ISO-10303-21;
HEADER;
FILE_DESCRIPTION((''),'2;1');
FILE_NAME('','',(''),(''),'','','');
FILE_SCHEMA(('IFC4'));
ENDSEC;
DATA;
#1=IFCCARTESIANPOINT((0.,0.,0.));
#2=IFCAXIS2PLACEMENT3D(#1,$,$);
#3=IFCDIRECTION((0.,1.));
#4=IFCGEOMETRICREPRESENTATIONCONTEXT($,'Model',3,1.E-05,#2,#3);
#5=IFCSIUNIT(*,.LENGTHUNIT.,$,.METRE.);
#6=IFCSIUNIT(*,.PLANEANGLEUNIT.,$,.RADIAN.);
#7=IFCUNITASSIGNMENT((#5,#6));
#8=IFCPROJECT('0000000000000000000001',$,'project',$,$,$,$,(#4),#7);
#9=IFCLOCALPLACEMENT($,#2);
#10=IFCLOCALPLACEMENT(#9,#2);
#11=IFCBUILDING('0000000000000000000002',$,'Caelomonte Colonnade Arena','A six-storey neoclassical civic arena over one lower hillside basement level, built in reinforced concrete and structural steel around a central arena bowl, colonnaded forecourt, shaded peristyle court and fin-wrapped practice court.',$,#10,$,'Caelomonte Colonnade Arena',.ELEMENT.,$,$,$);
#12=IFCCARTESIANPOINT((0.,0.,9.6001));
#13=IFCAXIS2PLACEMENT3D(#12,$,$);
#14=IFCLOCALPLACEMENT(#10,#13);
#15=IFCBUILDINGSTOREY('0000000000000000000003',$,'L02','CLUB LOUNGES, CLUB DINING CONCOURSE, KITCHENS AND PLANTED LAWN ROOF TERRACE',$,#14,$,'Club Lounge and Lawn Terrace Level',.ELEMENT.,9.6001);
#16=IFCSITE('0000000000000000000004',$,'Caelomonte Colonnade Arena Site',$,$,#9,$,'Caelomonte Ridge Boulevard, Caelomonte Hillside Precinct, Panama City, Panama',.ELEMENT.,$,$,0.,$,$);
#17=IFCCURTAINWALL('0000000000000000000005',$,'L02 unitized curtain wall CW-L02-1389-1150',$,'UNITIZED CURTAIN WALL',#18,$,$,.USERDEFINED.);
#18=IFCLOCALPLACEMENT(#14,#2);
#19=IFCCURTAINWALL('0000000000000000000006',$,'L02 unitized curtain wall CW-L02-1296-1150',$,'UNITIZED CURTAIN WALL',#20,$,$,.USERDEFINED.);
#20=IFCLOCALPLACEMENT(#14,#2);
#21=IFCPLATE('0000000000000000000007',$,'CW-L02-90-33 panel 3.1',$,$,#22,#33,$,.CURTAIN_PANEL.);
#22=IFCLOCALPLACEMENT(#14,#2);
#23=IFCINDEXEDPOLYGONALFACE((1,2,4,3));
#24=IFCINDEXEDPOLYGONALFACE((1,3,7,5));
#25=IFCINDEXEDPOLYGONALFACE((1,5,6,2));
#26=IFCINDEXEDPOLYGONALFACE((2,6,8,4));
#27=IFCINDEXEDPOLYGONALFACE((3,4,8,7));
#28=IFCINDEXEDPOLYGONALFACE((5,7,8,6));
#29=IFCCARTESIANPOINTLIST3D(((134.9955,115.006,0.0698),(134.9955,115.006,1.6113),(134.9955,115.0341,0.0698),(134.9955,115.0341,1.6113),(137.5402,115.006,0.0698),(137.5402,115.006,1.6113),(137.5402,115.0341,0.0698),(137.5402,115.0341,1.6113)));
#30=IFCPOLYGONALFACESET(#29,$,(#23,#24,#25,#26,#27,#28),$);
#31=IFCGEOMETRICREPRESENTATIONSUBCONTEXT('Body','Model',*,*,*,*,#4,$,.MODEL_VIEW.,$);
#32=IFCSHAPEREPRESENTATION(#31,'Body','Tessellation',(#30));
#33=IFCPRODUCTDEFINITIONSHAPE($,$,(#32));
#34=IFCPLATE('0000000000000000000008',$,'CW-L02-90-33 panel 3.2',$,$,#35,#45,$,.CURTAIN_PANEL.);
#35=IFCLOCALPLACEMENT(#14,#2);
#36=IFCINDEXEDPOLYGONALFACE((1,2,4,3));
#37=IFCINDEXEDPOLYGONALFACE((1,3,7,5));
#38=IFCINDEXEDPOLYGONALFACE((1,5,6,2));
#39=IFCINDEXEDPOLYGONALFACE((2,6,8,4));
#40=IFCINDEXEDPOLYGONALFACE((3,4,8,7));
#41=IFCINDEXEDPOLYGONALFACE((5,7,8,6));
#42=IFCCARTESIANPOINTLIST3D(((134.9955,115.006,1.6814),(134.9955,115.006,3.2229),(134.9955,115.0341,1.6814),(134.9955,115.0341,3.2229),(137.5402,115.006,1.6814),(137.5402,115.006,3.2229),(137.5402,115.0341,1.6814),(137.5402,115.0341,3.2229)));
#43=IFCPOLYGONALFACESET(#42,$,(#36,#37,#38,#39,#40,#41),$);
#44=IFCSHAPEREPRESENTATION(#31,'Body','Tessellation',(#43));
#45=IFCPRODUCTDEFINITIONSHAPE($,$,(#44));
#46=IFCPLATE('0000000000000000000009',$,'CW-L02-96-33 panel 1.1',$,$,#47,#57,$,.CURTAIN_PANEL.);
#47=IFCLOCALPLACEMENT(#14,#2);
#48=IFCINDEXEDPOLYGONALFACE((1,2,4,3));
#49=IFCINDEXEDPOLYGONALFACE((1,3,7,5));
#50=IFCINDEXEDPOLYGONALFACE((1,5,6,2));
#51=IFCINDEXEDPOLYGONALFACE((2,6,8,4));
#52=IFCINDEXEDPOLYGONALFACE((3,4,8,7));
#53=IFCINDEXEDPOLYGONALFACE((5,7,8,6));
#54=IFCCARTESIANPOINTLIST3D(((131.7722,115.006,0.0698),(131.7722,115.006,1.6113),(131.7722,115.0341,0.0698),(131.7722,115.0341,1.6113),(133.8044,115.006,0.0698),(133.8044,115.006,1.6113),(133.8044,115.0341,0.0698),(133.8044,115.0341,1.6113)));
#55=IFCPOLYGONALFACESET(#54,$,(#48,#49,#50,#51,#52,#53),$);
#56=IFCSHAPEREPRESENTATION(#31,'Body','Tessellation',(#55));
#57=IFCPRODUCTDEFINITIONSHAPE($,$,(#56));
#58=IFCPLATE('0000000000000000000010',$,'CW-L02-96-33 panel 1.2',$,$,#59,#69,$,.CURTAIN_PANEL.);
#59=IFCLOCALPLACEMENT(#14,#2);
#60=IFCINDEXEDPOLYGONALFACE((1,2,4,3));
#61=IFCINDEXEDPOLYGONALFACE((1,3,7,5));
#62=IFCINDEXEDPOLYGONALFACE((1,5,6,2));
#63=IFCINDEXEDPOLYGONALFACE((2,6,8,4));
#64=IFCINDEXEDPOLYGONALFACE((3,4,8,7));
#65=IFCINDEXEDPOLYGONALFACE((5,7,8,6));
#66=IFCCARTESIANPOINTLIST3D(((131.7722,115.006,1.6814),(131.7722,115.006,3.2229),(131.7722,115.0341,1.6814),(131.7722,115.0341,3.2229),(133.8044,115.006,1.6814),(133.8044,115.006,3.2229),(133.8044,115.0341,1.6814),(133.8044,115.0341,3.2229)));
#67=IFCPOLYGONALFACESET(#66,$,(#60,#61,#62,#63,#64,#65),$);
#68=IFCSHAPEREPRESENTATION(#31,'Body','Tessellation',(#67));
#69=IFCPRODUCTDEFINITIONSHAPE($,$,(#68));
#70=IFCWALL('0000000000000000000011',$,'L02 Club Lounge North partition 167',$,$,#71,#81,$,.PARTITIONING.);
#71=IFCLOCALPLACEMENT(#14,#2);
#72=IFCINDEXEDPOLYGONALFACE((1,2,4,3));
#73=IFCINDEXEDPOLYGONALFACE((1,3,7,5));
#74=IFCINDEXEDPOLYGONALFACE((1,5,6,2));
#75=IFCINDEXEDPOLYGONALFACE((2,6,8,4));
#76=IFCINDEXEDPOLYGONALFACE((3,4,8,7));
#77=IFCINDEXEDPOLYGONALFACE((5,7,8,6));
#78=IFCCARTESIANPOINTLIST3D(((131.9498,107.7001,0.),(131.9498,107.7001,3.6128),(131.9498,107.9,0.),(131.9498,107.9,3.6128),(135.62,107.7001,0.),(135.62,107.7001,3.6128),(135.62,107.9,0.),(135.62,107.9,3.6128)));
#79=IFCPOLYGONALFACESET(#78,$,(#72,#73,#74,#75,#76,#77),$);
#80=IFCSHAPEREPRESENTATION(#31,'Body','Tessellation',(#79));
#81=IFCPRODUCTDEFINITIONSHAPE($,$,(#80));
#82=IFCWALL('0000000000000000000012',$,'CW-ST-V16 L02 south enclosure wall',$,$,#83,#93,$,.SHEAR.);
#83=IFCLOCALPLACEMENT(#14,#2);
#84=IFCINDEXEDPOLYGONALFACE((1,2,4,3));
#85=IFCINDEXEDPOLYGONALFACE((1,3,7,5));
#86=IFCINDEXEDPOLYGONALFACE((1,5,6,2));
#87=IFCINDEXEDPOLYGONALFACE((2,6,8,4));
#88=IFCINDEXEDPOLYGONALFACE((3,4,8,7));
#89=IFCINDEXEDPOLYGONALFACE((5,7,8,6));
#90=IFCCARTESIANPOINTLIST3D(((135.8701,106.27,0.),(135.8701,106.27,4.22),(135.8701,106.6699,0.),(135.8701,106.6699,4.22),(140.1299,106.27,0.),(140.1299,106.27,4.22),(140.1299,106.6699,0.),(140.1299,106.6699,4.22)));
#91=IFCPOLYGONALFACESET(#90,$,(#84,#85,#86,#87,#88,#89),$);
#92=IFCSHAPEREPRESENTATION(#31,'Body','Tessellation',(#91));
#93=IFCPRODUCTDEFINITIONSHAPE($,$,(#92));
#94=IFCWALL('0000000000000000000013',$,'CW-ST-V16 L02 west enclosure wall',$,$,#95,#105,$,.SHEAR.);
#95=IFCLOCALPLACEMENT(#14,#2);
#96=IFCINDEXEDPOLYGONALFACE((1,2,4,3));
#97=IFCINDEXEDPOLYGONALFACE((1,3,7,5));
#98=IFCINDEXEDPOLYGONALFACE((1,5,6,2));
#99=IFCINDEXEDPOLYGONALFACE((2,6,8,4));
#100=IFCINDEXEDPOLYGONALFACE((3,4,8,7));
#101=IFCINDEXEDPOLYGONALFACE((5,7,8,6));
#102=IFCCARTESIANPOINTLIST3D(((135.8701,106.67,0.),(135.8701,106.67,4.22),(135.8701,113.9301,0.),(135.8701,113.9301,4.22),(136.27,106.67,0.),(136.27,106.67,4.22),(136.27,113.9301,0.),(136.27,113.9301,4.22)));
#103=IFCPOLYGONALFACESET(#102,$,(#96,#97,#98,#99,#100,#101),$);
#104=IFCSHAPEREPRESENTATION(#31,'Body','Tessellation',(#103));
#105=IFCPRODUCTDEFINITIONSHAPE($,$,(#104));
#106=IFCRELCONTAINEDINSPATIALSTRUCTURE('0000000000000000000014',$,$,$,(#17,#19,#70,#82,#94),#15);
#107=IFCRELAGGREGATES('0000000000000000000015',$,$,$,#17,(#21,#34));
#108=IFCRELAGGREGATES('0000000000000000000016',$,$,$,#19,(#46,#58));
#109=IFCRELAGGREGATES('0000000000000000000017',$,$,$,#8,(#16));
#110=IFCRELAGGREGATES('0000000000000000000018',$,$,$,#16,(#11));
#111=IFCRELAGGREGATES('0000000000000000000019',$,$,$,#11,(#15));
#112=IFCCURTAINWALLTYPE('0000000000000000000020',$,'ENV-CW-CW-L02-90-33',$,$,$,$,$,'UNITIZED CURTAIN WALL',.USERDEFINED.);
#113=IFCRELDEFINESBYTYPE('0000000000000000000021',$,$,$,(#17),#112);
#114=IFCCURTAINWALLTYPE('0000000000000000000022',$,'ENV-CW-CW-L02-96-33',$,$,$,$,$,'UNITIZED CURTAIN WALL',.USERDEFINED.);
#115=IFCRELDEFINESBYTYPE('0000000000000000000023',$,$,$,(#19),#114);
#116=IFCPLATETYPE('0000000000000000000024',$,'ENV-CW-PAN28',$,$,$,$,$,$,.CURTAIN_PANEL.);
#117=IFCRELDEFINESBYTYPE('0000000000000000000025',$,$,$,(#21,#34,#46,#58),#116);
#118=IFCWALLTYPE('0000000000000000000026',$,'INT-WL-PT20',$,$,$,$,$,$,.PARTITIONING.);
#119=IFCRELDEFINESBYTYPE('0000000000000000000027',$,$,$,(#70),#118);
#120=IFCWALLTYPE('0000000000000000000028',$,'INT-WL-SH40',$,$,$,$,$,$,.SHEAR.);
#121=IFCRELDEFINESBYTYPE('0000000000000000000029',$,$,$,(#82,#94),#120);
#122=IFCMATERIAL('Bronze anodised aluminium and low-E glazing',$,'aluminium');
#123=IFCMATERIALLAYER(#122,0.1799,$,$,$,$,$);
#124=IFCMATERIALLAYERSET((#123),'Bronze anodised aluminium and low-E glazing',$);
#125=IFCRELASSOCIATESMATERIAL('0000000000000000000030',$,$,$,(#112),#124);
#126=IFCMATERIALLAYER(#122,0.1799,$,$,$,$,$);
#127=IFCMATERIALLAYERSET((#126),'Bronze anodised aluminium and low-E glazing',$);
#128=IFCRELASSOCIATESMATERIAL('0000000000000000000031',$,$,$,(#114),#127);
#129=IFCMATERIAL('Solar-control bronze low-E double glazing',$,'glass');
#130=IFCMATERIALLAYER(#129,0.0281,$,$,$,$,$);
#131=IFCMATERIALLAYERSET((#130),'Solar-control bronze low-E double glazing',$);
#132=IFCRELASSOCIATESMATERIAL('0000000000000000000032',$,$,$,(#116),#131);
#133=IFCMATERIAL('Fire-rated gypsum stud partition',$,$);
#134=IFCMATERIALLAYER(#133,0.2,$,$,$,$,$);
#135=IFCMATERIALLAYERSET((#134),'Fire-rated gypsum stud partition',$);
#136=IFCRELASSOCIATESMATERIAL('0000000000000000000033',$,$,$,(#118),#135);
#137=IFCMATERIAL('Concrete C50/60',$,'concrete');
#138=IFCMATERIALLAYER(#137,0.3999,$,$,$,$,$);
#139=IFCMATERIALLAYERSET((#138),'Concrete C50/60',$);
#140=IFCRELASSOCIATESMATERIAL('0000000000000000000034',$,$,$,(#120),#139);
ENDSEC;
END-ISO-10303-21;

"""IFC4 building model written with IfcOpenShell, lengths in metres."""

from ifc_helpers import new_model, si_unit, direction, frame, frame_2d, origin, origin_2d, place, context, subcontext, project, spatial, rectangle, extrude, material, layer, layer_set, type_object, element, aggregate, save


model = new_model("IFC4")

# Units and contexts
model_context = context("Model", 3, precision=1e-05, world=origin(), true_north=direction((0.0, 1.0)))
body_context = subcontext(model_context, "Body", "Model", "MODEL_VIEW")
ifc_project = project(units=[si_unit("LENGTHUNIT", "METRE"), si_unit("PLANEANGLEUNIT", "RADIAN")], contexts=[model_context])

# Site, building, storey
site_placement = place(None, origin())
site = spatial("IfcSite", under=ifc_project, at=site_placement, Name="Caelomonte Colonnade Arena Site", LongName="Caelomonte Ridge Boulevard, Caelomonte Hillside Precinct, Panama City, Panama", CompositionType="ELEMENT", RefElevation=0.0)
building_placement = place(site_placement, origin())
building = spatial("IfcBuilding", under=site, at=building_placement, Name="Caelomonte Colonnade Arena", Description="A six-storey neoclassical civic arena over one lower hillside basement level, built in reinforced concrete and structural steel around a central arena bowl, colonnaded forecourt, shaded peristyle court and fin-wrapped practice court.", LongName="Caelomonte Colonnade Arena", CompositionType="ELEMENT")
storey_placement = place(building_placement, frame((0.0, 0.0, 9.6001)))
storey = spatial("IfcBuildingStorey", under=building, at=storey_placement, Name="L02", Description="CLUB LOUNGES, CLUB DINING CONCOURSE, KITCHENS AND PLANTED LAWN ROOF TERRACE", LongName="Club Lounge and Lawn Terrace Level", CompositionType="ELEMENT", Elevation=9.6001)

# Shared definitions
ifc_material_1 = material(Name="Concrete C50/60", Category="concrete")

# Curtain walls
ifc_material_2 = material(Name="Bronze anodised aluminium and low-E glazing", Category="aluminium")
ifc_layer_1 = layer(ifc_material_2, 0.1799)
ifc_layer_set_1 = layer_set([ifc_layer_1], Name="Bronze anodised aluminium and low-E glazing")
curtain_wall_type_1 = type_object("IfcCurtainWallType", Name="ENV-CW-CW-L02-90-33", ElementType="UNITIZED CURTAIN WALL", PredefinedType="USERDEFINED", material=ifc_layer_set_1)
curtain_wall_1_placement = place(storey_placement, origin())
curtain_wall_1 = element("IfcCurtainWall", 1, at=curtain_wall_1_placement, inside=storey, type_object=curtain_wall_type_1, Name="L02 unitized curtain wall CW-L02-1389-1150", ObjectType="UNITIZED CURTAIN WALL", PredefinedType="USERDEFINED")
ifc_layer_2 = layer(ifc_material_2, 0.1799)
ifc_layer_set_2 = layer_set([ifc_layer_2], Name="Bronze anodised aluminium and low-E glazing")
curtain_wall_type_2 = type_object("IfcCurtainWallType", Name="ENV-CW-CW-L02-96-33", ElementType="UNITIZED CURTAIN WALL", PredefinedType="USERDEFINED", material=ifc_layer_set_2)
curtain_wall_2_placement = place(storey_placement, origin())
curtain_wall_2 = element("IfcCurtainWall", 2, at=curtain_wall_2_placement, inside=storey, type_object=curtain_wall_type_2, Name="L02 unitized curtain wall CW-L02-1296-1150", ObjectType="UNITIZED CURTAIN WALL", PredefinedType="USERDEFINED")

# Plates
ifc_material_3 = material(Name="Solar-control bronze low-E double glazing", Category="glass")
ifc_layer_3 = layer(ifc_material_3, 0.0281)
ifc_layer_set_3 = layer_set([ifc_layer_3], Name="Solar-control bronze low-E double glazing")
plate_type = type_object("IfcPlateType", Name="ENV-CW-PAN28", PredefinedType="CURTAIN_PANEL", material=ifc_layer_set_3)
plate_1_placement = place(storey_placement, frame((136.2678, 115.02, 0.0698), z_axis=(0.0, 0.0, 1.0), x_axis=(-1.0, 0.0, 0.0)))
plate_1 = element("IfcPlate", 3, at=plate_1_placement, type_object=plate_type, Name="CW-L02-90-33 panel 3.1", PredefinedType="CURTAIN_PANEL", context=body_context, shape_type="SweptSolid", body=[
    extrude(rectangle(XDim=2.5447, YDim=0.0281, at=origin_2d()), origin(), (0.0, 0.0, 1.0), 1.5415),
])
plate_2_placement = place(storey_placement, frame((136.2678, 115.02, 1.6814), z_axis=(0.0, 0.0, 1.0), x_axis=(-1.0, 0.0, 0.0)))
plate_2 = element("IfcPlate", 4, at=plate_2_placement, type_object=plate_type, Name="CW-L02-90-33 panel 3.2", PredefinedType="CURTAIN_PANEL", context=body_context, shape_type="SweptSolid", body=[
    extrude(rectangle(XDim=2.5447, YDim=0.0281, at=origin_2d()), origin(), (0.0, 0.0, 1.0), 1.5415),
])
aggregate(curtain_wall_1, [plate_1, plate_2])
plate_3_placement = place(storey_placement, frame((132.7883, 115.02, 0.0698), z_axis=(0.0, 0.0, 1.0), x_axis=(-1.0, 0.0, 0.0)))
plate_3 = element("IfcPlate", 5, at=plate_3_placement, type_object=plate_type, Name="CW-L02-96-33 panel 1.1", PredefinedType="CURTAIN_PANEL", context=body_context, shape_type="SweptSolid", body=[
    extrude(rectangle(XDim=2.0322, YDim=0.0281, at=origin_2d()), origin(), (0.0, 0.0, 1.0), 1.5415),
])
plate_4_placement = place(storey_placement, frame((132.7883, 115.02, 1.6814), z_axis=(0.0, 0.0, 1.0), x_axis=(-1.0, 0.0, 0.0)))
plate_4 = element("IfcPlate", 6, at=plate_4_placement, type_object=plate_type, Name="CW-L02-96-33 panel 1.2", PredefinedType="CURTAIN_PANEL", context=body_context, shape_type="SweptSolid", body=[
    extrude(rectangle(XDim=2.0322, YDim=0.0281, at=origin_2d()), origin(), (0.0, 0.0, 1.0), 1.5415),
])
aggregate(curtain_wall_2, [plate_3, plate_4])

# Walls
ifc_material_4 = material(Name="Fire-rated gypsum stud partition")
ifc_layer_4 = layer(ifc_material_4, 0.2)
ifc_layer_set_4 = layer_set([ifc_layer_4], Name="Fire-rated gypsum stud partition")
wall_type_1 = type_object("IfcWallType", Name="INT-WL-PT20", PredefinedType="PARTITIONING", material=ifc_layer_set_4)
wall_1_placement = place(storey_placement, frame((131.95, 107.8, 0.0), z_axis=(0.0, 0.0, 1.0), x_axis=(1.0, 0.0, 0.0)))
element("IfcWall", 7, at=wall_1_placement, inside=storey, type_object=wall_type_1, Name="L02 Club Lounge North partition 167", PredefinedType="PARTITIONING", context=body_context, shape_type="SweptSolid", body=[
    extrude(rectangle(XDim=3.6702, YDim=0.2, at=frame_2d((1.835, 0.0))), origin(), (0.0, 0.0, 1.0), 3.6128),
])
ifc_layer_5 = layer(ifc_material_1, 0.3999)
ifc_layer_set_5 = layer_set([ifc_layer_5], Name="Concrete C50/60")
wall_type_2 = type_object("IfcWallType", Name="INT-WL-SH40", PredefinedType="SHEAR", material=ifc_layer_set_5)
wall_2_placement = place(storey_placement, frame((135.8701, 106.47, 0.0), z_axis=(0.0, 0.0, 1.0), x_axis=(1.0, 0.0, 0.0)))
element("IfcWall", 8, at=wall_2_placement, inside=storey, type_object=wall_type_2, Name="CW-ST-V16 L02 south enclosure wall", PredefinedType="SHEAR", context=body_context, shape_type="SweptSolid", body=[
    extrude(rectangle(XDim=4.2598, YDim=0.3999, at=frame_2d((2.1299, 0.0))), origin(), (0.0, 0.0, 1.0), 4.22),
])
wall_3_placement = place(storey_placement, frame((136.0701, 113.9299, 0.0), z_axis=(0.0, 0.0, 1.0), x_axis=(0.0, -1.0, 0.0)))
element("IfcWall", 9, at=wall_3_placement, inside=storey, type_object=wall_type_2, Name="CW-ST-V16 L02 west enclosure wall", PredefinedType="SHEAR", context=body_context, shape_type="SweptSolid", body=[
    extrude(rectangle(XDim=7.26, YDim=0.3999, at=frame_2d((3.6299, 0.0))), origin(), (0.0, 0.0, 1.0), 4.22),
])

save(model, "model.ifc")
